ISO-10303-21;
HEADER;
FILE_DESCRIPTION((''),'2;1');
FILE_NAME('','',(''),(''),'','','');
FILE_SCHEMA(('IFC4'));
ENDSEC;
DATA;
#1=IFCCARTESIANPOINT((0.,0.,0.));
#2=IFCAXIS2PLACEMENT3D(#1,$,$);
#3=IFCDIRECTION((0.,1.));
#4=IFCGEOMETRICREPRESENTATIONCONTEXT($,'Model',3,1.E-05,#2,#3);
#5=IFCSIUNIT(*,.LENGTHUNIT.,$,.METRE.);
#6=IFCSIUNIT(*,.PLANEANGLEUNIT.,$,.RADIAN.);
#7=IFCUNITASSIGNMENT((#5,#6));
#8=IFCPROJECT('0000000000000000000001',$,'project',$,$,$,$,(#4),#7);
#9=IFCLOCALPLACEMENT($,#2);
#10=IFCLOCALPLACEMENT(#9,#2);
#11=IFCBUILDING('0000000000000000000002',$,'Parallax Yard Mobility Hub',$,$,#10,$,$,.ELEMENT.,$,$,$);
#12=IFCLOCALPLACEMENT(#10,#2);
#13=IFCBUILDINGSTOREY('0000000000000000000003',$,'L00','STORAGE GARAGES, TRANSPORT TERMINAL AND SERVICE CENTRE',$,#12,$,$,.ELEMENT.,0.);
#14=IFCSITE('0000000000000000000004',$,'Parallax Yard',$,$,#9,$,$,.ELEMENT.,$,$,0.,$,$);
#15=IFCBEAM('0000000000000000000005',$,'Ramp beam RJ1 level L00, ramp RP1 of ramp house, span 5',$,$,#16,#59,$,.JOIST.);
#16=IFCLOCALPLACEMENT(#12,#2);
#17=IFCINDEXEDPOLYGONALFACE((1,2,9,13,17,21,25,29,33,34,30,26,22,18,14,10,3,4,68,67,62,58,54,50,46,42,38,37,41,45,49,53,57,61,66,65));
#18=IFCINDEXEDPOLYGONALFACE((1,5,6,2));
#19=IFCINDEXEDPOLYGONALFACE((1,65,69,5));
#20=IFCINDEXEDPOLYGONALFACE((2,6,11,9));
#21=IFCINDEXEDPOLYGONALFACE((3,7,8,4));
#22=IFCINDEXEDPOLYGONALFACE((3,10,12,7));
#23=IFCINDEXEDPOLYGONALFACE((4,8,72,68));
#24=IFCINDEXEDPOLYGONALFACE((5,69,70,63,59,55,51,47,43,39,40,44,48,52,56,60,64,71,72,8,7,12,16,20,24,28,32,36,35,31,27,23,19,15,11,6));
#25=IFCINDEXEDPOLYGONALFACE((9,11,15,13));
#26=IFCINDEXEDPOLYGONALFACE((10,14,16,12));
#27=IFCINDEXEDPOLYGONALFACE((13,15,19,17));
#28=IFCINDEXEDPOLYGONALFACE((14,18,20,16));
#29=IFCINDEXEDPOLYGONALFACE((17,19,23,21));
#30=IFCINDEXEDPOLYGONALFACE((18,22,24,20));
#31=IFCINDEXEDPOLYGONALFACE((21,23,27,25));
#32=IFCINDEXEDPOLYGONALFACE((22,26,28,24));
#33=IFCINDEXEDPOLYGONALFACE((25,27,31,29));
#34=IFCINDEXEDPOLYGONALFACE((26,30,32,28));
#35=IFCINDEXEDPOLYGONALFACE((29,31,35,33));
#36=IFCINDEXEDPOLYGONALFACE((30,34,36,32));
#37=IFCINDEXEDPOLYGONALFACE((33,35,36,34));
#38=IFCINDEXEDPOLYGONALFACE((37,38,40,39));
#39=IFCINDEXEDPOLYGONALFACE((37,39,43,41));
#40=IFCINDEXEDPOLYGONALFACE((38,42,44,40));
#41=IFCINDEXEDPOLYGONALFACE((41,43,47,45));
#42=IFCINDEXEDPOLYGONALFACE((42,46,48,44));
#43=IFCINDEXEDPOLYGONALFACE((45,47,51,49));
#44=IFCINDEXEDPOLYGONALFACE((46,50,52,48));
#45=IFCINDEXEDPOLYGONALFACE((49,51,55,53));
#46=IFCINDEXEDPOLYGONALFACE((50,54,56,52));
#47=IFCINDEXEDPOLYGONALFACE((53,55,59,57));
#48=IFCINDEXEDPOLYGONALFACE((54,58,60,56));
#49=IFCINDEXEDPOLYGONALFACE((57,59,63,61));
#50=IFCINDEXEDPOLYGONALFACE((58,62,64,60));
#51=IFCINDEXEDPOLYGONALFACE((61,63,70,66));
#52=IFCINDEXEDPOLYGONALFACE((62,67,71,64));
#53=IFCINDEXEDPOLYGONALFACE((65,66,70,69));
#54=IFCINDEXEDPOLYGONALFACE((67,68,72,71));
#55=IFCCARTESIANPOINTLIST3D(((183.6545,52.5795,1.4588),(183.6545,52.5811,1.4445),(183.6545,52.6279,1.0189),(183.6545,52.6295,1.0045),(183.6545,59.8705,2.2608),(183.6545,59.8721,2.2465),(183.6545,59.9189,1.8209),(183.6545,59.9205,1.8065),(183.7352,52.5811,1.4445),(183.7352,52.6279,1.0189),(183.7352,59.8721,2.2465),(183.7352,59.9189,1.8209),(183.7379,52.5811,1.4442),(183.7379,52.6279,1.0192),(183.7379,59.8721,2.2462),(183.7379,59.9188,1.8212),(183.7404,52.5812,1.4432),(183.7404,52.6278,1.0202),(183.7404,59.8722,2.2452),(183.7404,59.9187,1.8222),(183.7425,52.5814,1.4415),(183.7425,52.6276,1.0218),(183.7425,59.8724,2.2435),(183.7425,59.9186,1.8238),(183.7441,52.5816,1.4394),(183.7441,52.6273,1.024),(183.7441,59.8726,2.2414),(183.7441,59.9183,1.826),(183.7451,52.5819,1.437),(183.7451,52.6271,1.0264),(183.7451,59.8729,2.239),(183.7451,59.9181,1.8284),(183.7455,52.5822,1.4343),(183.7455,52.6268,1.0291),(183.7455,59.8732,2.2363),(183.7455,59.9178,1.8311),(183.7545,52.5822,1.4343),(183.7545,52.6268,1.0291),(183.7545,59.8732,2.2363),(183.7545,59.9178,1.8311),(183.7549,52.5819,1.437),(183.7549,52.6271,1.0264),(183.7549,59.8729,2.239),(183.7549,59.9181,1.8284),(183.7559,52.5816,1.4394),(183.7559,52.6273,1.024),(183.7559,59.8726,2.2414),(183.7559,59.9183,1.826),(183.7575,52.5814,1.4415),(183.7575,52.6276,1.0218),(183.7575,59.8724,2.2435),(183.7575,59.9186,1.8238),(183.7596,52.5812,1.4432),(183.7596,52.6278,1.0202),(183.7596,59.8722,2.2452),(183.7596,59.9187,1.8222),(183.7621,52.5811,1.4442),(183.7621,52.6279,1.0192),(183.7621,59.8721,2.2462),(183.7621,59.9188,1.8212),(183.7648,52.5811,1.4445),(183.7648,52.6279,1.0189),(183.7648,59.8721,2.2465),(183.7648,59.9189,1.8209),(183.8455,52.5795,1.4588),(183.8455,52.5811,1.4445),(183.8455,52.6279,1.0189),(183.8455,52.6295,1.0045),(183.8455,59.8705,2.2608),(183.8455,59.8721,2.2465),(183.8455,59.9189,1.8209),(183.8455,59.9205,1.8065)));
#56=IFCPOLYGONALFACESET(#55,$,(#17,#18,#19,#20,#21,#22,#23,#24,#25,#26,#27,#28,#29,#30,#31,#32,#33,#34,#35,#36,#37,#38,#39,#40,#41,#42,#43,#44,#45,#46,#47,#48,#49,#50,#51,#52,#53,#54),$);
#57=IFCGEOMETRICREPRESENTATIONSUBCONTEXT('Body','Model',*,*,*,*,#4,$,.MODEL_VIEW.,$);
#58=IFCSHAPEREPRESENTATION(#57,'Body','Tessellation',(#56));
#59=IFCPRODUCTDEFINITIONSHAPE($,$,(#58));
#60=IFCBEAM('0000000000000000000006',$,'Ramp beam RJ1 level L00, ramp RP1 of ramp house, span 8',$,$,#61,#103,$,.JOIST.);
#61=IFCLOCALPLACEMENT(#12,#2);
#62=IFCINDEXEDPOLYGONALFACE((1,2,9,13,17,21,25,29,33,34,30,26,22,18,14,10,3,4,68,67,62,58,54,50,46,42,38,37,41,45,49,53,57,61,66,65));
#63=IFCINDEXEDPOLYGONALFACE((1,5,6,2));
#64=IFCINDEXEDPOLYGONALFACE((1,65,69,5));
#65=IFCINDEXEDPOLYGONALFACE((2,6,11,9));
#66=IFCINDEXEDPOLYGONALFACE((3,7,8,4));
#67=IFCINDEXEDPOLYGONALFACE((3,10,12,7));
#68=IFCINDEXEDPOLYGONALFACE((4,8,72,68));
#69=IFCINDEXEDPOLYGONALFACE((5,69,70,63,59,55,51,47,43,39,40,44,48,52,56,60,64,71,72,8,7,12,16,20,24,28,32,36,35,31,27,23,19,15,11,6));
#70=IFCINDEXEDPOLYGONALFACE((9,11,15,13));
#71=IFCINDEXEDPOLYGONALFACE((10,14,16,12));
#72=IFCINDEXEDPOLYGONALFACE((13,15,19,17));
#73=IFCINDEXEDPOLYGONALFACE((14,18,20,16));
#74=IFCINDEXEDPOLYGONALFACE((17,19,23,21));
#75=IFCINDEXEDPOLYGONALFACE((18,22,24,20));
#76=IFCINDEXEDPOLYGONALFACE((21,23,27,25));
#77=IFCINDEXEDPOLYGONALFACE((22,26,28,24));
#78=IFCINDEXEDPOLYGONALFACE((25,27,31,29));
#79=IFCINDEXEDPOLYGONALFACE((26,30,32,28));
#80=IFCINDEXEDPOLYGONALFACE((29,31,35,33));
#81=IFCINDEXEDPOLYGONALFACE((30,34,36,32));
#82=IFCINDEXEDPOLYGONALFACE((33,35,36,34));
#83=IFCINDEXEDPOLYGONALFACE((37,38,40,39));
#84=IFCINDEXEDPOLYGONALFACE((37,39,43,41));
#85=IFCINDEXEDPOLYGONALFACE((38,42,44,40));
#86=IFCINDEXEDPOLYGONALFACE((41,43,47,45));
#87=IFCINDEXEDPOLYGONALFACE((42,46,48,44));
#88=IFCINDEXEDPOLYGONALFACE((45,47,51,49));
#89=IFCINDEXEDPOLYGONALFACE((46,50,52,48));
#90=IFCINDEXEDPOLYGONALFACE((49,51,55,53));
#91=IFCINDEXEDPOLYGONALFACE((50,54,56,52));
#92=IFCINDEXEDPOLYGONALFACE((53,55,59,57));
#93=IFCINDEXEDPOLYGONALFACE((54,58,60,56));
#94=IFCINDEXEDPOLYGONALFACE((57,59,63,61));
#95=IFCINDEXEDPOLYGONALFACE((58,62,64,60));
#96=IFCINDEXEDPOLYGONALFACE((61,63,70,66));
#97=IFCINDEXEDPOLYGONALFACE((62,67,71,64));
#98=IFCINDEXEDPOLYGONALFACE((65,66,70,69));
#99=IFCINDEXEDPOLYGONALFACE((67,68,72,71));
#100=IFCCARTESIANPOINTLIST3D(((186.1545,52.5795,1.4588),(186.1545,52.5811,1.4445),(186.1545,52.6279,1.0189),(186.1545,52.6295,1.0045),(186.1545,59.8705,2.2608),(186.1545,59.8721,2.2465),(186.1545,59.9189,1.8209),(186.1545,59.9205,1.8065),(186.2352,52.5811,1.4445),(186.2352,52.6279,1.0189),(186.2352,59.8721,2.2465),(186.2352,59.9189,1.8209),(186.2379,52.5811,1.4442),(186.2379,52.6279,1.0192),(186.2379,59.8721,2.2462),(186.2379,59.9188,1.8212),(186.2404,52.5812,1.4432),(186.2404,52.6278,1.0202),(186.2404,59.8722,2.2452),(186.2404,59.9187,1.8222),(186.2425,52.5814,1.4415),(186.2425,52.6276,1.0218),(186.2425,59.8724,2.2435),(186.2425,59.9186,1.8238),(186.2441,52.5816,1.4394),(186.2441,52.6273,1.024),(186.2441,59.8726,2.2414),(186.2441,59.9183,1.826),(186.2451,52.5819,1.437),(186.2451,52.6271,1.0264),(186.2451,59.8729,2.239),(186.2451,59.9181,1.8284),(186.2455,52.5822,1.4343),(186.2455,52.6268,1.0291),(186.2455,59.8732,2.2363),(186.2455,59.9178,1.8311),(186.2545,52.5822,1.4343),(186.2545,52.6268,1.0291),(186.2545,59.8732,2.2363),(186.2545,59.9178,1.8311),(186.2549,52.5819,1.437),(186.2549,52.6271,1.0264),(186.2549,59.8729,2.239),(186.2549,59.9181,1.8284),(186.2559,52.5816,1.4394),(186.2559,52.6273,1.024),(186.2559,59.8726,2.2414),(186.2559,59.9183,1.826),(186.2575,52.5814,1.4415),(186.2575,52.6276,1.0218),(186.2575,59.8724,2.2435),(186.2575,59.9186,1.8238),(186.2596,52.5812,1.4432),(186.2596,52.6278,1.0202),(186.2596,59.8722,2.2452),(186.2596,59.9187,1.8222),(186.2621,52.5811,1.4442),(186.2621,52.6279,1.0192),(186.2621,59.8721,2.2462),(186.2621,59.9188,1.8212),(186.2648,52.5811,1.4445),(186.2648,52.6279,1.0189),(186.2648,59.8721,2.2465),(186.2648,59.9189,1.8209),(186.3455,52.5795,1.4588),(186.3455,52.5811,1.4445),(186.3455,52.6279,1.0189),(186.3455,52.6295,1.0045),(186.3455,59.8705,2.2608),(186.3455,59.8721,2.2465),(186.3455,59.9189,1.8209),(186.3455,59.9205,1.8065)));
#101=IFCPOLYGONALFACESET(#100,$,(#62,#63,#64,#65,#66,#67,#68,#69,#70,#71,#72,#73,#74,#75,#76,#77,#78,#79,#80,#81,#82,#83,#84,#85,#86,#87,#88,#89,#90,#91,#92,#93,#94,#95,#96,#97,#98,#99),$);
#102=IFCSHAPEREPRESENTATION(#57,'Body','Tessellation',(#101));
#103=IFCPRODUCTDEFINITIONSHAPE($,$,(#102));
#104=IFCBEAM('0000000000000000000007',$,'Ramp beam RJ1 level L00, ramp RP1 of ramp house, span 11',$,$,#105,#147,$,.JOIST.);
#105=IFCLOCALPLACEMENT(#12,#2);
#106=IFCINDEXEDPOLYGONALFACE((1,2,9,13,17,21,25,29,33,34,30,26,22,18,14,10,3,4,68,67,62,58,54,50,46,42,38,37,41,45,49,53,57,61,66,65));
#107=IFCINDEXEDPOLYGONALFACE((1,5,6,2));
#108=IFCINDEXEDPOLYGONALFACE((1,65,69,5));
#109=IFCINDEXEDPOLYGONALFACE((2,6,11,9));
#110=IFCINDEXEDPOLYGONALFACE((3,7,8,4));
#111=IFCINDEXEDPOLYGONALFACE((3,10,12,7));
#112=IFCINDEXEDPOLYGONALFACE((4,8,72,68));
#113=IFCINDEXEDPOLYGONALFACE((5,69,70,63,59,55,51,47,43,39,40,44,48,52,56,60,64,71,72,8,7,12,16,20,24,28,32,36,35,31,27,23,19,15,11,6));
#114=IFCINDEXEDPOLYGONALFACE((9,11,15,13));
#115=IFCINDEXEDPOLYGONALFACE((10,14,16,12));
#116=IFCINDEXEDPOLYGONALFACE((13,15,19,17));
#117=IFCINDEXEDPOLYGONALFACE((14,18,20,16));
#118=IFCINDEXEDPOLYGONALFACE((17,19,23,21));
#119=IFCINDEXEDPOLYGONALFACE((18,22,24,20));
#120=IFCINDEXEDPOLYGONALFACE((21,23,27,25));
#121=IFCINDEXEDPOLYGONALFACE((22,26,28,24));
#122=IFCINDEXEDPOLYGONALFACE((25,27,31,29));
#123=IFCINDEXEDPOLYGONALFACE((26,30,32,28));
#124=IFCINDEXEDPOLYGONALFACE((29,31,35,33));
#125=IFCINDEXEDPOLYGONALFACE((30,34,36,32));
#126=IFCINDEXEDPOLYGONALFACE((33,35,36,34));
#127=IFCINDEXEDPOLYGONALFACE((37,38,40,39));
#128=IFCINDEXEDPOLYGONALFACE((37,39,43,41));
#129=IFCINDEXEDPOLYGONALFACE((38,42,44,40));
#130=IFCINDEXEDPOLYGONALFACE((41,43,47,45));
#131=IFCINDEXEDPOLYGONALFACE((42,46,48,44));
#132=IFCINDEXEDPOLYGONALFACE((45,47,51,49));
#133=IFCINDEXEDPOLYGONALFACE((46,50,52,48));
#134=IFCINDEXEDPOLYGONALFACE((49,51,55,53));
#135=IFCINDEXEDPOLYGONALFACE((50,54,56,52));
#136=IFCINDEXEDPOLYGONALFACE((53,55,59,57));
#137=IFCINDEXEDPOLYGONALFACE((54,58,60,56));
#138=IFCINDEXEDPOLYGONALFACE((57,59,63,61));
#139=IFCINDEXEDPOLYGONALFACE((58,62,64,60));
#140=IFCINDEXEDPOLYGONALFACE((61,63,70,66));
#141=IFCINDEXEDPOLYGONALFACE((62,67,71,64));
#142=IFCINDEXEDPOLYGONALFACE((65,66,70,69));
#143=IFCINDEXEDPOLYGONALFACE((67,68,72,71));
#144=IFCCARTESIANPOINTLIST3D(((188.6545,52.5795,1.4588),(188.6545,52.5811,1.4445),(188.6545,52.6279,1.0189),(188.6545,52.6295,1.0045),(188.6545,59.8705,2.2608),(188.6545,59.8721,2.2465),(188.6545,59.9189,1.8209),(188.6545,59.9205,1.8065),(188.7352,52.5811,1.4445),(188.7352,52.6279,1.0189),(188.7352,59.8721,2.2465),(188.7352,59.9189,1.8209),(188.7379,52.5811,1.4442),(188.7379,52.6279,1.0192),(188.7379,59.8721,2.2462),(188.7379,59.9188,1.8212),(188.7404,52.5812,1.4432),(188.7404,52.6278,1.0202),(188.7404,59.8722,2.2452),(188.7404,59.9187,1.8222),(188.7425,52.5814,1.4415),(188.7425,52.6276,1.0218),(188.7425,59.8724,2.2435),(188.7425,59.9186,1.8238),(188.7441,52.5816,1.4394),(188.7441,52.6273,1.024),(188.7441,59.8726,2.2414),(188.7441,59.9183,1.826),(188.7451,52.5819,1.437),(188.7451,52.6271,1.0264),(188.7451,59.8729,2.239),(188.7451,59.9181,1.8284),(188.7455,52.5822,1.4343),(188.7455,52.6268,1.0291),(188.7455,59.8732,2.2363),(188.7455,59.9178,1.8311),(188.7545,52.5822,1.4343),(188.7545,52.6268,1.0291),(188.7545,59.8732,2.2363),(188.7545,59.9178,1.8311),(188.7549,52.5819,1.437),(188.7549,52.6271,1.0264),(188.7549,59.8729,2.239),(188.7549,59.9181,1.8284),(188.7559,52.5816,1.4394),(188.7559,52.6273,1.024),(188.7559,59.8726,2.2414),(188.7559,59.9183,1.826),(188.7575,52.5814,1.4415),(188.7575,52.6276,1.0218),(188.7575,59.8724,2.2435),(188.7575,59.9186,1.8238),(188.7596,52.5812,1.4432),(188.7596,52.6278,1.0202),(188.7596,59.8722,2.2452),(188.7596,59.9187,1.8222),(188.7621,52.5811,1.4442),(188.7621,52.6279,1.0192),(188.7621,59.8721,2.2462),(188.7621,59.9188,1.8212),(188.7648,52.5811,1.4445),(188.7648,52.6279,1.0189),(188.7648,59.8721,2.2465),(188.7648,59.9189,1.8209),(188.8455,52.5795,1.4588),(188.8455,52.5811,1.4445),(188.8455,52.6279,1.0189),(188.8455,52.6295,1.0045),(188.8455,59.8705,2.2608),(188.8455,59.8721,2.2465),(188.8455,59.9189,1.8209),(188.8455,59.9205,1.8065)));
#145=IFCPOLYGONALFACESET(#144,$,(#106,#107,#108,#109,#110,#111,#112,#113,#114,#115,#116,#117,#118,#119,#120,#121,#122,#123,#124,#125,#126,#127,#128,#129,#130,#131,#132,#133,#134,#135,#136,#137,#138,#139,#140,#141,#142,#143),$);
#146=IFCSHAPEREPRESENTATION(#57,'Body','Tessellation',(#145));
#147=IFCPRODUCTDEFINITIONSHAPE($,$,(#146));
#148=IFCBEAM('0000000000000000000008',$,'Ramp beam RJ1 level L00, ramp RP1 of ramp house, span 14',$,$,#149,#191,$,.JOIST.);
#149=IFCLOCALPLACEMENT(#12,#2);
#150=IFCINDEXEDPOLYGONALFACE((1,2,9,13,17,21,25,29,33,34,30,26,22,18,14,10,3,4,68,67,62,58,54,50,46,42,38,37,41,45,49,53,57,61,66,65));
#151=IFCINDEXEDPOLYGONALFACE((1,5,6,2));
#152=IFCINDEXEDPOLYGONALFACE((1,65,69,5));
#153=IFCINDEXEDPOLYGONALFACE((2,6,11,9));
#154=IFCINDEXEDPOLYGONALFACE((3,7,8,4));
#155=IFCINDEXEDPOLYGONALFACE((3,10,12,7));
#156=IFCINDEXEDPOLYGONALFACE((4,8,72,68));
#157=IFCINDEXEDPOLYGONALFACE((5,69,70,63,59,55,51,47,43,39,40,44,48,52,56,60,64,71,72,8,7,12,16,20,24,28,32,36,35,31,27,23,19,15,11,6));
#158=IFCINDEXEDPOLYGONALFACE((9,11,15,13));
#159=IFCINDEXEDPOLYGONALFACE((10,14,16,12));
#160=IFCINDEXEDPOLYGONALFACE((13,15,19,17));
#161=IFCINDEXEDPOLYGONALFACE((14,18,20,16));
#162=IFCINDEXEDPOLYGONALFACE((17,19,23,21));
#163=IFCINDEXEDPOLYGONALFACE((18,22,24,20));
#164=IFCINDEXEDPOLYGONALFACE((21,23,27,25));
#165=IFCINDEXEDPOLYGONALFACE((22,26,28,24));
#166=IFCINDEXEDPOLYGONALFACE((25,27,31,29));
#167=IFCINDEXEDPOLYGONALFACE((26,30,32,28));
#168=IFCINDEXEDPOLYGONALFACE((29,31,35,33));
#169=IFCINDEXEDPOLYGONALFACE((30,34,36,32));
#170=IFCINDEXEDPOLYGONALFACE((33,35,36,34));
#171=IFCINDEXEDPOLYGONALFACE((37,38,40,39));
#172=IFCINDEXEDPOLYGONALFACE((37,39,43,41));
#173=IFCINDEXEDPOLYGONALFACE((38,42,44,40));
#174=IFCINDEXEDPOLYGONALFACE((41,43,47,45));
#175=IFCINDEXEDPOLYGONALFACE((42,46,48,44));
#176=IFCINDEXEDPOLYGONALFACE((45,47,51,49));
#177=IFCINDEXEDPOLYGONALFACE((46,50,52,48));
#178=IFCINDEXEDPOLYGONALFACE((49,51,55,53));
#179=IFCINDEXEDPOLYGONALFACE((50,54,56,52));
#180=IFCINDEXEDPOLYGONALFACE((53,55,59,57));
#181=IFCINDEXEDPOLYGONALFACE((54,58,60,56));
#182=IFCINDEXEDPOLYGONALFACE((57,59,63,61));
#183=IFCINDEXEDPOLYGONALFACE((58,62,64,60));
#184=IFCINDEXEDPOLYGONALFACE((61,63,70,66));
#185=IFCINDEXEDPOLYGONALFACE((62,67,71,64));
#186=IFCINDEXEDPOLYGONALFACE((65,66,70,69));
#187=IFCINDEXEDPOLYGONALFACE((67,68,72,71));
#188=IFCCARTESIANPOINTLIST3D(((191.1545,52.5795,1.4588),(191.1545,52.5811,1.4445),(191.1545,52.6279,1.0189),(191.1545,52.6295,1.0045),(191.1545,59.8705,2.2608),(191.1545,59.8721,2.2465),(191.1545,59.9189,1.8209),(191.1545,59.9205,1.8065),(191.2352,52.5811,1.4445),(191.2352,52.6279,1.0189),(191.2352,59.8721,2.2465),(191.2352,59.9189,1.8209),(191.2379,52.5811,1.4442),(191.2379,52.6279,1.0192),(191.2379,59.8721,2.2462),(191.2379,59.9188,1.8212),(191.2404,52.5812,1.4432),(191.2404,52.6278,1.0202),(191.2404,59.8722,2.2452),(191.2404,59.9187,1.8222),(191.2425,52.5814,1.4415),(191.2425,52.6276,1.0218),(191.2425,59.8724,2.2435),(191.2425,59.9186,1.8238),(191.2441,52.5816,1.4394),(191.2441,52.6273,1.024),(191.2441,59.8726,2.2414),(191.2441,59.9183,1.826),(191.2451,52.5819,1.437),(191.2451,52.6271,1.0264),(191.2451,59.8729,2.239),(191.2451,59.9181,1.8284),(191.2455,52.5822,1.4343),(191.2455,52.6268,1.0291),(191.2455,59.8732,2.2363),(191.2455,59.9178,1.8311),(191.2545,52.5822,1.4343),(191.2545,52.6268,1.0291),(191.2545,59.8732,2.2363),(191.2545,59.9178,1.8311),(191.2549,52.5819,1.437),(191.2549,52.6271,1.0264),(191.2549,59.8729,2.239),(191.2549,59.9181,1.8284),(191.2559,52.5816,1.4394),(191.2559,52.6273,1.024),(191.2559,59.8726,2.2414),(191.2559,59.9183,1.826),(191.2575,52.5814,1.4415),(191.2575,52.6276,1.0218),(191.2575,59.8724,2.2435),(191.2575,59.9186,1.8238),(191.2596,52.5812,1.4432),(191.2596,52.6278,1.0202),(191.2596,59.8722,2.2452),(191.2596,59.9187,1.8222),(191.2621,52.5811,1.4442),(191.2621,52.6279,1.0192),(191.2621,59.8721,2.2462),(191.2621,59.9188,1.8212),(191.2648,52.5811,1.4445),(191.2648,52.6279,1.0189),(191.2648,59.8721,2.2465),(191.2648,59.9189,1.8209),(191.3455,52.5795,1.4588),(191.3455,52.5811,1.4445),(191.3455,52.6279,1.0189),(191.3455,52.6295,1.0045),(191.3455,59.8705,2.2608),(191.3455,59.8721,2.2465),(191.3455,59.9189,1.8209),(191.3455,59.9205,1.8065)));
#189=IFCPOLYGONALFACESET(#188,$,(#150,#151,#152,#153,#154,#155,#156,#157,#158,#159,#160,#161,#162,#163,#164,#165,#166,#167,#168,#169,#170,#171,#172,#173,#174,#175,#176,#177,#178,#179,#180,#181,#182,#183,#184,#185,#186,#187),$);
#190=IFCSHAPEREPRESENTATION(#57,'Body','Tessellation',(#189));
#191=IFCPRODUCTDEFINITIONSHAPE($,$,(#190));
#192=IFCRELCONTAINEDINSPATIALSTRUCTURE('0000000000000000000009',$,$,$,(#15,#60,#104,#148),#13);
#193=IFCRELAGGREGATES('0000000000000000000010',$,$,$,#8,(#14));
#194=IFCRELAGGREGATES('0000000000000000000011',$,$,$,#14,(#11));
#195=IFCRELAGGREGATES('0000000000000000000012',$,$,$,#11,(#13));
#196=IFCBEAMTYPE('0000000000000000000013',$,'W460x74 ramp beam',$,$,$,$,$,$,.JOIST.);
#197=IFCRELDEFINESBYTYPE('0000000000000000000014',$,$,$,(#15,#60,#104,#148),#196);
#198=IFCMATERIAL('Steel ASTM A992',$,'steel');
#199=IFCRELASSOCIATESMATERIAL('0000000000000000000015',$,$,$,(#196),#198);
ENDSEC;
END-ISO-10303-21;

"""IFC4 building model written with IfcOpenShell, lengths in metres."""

from ifc_helpers import new_model, si_unit, direction, frame, origin, origin_2d, place, context, subcontext, project, spatial, i_section, extrude, material, material_profile, profile_set, type_object, element, save


model = new_model("IFC4")

# Units and contexts
model_context = context("Model", 3, precision=1e-05, world=origin(), true_north=direction((0.0, 1.0)))
body_context = subcontext(model_context, "Body", "Model", "MODEL_VIEW")
ifc_project = project(units=[si_unit("LENGTHUNIT", "METRE"), si_unit("PLANEANGLEUNIT", "RADIAN")], contexts=[model_context])

# Site, building, storey
site_placement = place(None, origin())
site = spatial("IfcSite", under=ifc_project, at=site_placement, Name="Parallax Yard", CompositionType="ELEMENT", RefElevation=0.0)
building_placement = place(site_placement, origin())
building = spatial("IfcBuilding", under=site, at=building_placement, Name="Parallax Yard Mobility Hub", CompositionType="ELEMENT")
storey_placement = place(building_placement, origin())
storey = spatial("IfcBuildingStorey", under=building, at=storey_placement, Name="L00", Description="STORAGE GARAGES, TRANSPORT TERMINAL AND SERVICE CENTRE", CompositionType="ELEMENT", Elevation=0.0)

# Shared definitions
ifc_material_1 = material(Name="Steel ASTM A992", Category="steel")

# Beams
ifc_material_profile_1 = material_profile(ifc_material_1, i_section(OverallWidth=0.1909, OverallDepth=0.457, WebThickness=0.009, FlangeThickness=0.0144, FilletRadius=0.0103, at=origin_2d()), Name="W460x74")
ifc_profile_set_1 = profile_set([ifc_material_profile_1], Name="Steel ASTM A992")
beam_type_1 = type_object("IfcBeamType", Name="W460x74 ramp beam", PredefinedType="JOIST", material=ifc_profile_set_1)
for number, where, z_axis, x_axis, name in (
    (1, (183.75, 52.6045, 1.2317), (0.0, 0.994005, 0.109339), (-1.0, 0.0, 0.0), "Ramp beam RJ1 level L00, ramp RP1 of ramp house, span 5"),
    (2, (186.25, 52.6045, 1.2317), (0.0, 0.994005, 0.109339), (-1.0, 0.0, 0.0), "Ramp beam RJ1 level L00, ramp RP1 of ramp house, span 8"),
    (3, (188.75, 52.6045, 1.2317), (0.0, 0.994005, 0.109339), (-1.0, 0.0, 0.0), "Ramp beam RJ1 level L00, ramp RP1 of ramp house, span 11"),
    (4, (191.25, 52.6045, 1.2317), (0.0, 0.994005, 0.109339), (-1.0, 0.0, 0.0), "Ramp beam RJ1 level L00, ramp RP1 of ramp house, span 14"),
):
    element("IfcBeam", number, at=place(storey_placement, frame(where, z_axis=z_axis, x_axis=x_axis)), inside=storey, type_object=beam_type_1, Name=name, PredefinedType="JOIST", context=body_context, shape_type="SweptSolid", body=[
        extrude(i_section(OverallWidth=0.1909, OverallDepth=0.457, WebThickness=0.009, FlangeThickness=0.0144, FilletRadius=0.0103, at=origin_2d()), origin(), (0.0, 0.0, 1.0), 7.335),
    ])

save(model, "model.ifc")
